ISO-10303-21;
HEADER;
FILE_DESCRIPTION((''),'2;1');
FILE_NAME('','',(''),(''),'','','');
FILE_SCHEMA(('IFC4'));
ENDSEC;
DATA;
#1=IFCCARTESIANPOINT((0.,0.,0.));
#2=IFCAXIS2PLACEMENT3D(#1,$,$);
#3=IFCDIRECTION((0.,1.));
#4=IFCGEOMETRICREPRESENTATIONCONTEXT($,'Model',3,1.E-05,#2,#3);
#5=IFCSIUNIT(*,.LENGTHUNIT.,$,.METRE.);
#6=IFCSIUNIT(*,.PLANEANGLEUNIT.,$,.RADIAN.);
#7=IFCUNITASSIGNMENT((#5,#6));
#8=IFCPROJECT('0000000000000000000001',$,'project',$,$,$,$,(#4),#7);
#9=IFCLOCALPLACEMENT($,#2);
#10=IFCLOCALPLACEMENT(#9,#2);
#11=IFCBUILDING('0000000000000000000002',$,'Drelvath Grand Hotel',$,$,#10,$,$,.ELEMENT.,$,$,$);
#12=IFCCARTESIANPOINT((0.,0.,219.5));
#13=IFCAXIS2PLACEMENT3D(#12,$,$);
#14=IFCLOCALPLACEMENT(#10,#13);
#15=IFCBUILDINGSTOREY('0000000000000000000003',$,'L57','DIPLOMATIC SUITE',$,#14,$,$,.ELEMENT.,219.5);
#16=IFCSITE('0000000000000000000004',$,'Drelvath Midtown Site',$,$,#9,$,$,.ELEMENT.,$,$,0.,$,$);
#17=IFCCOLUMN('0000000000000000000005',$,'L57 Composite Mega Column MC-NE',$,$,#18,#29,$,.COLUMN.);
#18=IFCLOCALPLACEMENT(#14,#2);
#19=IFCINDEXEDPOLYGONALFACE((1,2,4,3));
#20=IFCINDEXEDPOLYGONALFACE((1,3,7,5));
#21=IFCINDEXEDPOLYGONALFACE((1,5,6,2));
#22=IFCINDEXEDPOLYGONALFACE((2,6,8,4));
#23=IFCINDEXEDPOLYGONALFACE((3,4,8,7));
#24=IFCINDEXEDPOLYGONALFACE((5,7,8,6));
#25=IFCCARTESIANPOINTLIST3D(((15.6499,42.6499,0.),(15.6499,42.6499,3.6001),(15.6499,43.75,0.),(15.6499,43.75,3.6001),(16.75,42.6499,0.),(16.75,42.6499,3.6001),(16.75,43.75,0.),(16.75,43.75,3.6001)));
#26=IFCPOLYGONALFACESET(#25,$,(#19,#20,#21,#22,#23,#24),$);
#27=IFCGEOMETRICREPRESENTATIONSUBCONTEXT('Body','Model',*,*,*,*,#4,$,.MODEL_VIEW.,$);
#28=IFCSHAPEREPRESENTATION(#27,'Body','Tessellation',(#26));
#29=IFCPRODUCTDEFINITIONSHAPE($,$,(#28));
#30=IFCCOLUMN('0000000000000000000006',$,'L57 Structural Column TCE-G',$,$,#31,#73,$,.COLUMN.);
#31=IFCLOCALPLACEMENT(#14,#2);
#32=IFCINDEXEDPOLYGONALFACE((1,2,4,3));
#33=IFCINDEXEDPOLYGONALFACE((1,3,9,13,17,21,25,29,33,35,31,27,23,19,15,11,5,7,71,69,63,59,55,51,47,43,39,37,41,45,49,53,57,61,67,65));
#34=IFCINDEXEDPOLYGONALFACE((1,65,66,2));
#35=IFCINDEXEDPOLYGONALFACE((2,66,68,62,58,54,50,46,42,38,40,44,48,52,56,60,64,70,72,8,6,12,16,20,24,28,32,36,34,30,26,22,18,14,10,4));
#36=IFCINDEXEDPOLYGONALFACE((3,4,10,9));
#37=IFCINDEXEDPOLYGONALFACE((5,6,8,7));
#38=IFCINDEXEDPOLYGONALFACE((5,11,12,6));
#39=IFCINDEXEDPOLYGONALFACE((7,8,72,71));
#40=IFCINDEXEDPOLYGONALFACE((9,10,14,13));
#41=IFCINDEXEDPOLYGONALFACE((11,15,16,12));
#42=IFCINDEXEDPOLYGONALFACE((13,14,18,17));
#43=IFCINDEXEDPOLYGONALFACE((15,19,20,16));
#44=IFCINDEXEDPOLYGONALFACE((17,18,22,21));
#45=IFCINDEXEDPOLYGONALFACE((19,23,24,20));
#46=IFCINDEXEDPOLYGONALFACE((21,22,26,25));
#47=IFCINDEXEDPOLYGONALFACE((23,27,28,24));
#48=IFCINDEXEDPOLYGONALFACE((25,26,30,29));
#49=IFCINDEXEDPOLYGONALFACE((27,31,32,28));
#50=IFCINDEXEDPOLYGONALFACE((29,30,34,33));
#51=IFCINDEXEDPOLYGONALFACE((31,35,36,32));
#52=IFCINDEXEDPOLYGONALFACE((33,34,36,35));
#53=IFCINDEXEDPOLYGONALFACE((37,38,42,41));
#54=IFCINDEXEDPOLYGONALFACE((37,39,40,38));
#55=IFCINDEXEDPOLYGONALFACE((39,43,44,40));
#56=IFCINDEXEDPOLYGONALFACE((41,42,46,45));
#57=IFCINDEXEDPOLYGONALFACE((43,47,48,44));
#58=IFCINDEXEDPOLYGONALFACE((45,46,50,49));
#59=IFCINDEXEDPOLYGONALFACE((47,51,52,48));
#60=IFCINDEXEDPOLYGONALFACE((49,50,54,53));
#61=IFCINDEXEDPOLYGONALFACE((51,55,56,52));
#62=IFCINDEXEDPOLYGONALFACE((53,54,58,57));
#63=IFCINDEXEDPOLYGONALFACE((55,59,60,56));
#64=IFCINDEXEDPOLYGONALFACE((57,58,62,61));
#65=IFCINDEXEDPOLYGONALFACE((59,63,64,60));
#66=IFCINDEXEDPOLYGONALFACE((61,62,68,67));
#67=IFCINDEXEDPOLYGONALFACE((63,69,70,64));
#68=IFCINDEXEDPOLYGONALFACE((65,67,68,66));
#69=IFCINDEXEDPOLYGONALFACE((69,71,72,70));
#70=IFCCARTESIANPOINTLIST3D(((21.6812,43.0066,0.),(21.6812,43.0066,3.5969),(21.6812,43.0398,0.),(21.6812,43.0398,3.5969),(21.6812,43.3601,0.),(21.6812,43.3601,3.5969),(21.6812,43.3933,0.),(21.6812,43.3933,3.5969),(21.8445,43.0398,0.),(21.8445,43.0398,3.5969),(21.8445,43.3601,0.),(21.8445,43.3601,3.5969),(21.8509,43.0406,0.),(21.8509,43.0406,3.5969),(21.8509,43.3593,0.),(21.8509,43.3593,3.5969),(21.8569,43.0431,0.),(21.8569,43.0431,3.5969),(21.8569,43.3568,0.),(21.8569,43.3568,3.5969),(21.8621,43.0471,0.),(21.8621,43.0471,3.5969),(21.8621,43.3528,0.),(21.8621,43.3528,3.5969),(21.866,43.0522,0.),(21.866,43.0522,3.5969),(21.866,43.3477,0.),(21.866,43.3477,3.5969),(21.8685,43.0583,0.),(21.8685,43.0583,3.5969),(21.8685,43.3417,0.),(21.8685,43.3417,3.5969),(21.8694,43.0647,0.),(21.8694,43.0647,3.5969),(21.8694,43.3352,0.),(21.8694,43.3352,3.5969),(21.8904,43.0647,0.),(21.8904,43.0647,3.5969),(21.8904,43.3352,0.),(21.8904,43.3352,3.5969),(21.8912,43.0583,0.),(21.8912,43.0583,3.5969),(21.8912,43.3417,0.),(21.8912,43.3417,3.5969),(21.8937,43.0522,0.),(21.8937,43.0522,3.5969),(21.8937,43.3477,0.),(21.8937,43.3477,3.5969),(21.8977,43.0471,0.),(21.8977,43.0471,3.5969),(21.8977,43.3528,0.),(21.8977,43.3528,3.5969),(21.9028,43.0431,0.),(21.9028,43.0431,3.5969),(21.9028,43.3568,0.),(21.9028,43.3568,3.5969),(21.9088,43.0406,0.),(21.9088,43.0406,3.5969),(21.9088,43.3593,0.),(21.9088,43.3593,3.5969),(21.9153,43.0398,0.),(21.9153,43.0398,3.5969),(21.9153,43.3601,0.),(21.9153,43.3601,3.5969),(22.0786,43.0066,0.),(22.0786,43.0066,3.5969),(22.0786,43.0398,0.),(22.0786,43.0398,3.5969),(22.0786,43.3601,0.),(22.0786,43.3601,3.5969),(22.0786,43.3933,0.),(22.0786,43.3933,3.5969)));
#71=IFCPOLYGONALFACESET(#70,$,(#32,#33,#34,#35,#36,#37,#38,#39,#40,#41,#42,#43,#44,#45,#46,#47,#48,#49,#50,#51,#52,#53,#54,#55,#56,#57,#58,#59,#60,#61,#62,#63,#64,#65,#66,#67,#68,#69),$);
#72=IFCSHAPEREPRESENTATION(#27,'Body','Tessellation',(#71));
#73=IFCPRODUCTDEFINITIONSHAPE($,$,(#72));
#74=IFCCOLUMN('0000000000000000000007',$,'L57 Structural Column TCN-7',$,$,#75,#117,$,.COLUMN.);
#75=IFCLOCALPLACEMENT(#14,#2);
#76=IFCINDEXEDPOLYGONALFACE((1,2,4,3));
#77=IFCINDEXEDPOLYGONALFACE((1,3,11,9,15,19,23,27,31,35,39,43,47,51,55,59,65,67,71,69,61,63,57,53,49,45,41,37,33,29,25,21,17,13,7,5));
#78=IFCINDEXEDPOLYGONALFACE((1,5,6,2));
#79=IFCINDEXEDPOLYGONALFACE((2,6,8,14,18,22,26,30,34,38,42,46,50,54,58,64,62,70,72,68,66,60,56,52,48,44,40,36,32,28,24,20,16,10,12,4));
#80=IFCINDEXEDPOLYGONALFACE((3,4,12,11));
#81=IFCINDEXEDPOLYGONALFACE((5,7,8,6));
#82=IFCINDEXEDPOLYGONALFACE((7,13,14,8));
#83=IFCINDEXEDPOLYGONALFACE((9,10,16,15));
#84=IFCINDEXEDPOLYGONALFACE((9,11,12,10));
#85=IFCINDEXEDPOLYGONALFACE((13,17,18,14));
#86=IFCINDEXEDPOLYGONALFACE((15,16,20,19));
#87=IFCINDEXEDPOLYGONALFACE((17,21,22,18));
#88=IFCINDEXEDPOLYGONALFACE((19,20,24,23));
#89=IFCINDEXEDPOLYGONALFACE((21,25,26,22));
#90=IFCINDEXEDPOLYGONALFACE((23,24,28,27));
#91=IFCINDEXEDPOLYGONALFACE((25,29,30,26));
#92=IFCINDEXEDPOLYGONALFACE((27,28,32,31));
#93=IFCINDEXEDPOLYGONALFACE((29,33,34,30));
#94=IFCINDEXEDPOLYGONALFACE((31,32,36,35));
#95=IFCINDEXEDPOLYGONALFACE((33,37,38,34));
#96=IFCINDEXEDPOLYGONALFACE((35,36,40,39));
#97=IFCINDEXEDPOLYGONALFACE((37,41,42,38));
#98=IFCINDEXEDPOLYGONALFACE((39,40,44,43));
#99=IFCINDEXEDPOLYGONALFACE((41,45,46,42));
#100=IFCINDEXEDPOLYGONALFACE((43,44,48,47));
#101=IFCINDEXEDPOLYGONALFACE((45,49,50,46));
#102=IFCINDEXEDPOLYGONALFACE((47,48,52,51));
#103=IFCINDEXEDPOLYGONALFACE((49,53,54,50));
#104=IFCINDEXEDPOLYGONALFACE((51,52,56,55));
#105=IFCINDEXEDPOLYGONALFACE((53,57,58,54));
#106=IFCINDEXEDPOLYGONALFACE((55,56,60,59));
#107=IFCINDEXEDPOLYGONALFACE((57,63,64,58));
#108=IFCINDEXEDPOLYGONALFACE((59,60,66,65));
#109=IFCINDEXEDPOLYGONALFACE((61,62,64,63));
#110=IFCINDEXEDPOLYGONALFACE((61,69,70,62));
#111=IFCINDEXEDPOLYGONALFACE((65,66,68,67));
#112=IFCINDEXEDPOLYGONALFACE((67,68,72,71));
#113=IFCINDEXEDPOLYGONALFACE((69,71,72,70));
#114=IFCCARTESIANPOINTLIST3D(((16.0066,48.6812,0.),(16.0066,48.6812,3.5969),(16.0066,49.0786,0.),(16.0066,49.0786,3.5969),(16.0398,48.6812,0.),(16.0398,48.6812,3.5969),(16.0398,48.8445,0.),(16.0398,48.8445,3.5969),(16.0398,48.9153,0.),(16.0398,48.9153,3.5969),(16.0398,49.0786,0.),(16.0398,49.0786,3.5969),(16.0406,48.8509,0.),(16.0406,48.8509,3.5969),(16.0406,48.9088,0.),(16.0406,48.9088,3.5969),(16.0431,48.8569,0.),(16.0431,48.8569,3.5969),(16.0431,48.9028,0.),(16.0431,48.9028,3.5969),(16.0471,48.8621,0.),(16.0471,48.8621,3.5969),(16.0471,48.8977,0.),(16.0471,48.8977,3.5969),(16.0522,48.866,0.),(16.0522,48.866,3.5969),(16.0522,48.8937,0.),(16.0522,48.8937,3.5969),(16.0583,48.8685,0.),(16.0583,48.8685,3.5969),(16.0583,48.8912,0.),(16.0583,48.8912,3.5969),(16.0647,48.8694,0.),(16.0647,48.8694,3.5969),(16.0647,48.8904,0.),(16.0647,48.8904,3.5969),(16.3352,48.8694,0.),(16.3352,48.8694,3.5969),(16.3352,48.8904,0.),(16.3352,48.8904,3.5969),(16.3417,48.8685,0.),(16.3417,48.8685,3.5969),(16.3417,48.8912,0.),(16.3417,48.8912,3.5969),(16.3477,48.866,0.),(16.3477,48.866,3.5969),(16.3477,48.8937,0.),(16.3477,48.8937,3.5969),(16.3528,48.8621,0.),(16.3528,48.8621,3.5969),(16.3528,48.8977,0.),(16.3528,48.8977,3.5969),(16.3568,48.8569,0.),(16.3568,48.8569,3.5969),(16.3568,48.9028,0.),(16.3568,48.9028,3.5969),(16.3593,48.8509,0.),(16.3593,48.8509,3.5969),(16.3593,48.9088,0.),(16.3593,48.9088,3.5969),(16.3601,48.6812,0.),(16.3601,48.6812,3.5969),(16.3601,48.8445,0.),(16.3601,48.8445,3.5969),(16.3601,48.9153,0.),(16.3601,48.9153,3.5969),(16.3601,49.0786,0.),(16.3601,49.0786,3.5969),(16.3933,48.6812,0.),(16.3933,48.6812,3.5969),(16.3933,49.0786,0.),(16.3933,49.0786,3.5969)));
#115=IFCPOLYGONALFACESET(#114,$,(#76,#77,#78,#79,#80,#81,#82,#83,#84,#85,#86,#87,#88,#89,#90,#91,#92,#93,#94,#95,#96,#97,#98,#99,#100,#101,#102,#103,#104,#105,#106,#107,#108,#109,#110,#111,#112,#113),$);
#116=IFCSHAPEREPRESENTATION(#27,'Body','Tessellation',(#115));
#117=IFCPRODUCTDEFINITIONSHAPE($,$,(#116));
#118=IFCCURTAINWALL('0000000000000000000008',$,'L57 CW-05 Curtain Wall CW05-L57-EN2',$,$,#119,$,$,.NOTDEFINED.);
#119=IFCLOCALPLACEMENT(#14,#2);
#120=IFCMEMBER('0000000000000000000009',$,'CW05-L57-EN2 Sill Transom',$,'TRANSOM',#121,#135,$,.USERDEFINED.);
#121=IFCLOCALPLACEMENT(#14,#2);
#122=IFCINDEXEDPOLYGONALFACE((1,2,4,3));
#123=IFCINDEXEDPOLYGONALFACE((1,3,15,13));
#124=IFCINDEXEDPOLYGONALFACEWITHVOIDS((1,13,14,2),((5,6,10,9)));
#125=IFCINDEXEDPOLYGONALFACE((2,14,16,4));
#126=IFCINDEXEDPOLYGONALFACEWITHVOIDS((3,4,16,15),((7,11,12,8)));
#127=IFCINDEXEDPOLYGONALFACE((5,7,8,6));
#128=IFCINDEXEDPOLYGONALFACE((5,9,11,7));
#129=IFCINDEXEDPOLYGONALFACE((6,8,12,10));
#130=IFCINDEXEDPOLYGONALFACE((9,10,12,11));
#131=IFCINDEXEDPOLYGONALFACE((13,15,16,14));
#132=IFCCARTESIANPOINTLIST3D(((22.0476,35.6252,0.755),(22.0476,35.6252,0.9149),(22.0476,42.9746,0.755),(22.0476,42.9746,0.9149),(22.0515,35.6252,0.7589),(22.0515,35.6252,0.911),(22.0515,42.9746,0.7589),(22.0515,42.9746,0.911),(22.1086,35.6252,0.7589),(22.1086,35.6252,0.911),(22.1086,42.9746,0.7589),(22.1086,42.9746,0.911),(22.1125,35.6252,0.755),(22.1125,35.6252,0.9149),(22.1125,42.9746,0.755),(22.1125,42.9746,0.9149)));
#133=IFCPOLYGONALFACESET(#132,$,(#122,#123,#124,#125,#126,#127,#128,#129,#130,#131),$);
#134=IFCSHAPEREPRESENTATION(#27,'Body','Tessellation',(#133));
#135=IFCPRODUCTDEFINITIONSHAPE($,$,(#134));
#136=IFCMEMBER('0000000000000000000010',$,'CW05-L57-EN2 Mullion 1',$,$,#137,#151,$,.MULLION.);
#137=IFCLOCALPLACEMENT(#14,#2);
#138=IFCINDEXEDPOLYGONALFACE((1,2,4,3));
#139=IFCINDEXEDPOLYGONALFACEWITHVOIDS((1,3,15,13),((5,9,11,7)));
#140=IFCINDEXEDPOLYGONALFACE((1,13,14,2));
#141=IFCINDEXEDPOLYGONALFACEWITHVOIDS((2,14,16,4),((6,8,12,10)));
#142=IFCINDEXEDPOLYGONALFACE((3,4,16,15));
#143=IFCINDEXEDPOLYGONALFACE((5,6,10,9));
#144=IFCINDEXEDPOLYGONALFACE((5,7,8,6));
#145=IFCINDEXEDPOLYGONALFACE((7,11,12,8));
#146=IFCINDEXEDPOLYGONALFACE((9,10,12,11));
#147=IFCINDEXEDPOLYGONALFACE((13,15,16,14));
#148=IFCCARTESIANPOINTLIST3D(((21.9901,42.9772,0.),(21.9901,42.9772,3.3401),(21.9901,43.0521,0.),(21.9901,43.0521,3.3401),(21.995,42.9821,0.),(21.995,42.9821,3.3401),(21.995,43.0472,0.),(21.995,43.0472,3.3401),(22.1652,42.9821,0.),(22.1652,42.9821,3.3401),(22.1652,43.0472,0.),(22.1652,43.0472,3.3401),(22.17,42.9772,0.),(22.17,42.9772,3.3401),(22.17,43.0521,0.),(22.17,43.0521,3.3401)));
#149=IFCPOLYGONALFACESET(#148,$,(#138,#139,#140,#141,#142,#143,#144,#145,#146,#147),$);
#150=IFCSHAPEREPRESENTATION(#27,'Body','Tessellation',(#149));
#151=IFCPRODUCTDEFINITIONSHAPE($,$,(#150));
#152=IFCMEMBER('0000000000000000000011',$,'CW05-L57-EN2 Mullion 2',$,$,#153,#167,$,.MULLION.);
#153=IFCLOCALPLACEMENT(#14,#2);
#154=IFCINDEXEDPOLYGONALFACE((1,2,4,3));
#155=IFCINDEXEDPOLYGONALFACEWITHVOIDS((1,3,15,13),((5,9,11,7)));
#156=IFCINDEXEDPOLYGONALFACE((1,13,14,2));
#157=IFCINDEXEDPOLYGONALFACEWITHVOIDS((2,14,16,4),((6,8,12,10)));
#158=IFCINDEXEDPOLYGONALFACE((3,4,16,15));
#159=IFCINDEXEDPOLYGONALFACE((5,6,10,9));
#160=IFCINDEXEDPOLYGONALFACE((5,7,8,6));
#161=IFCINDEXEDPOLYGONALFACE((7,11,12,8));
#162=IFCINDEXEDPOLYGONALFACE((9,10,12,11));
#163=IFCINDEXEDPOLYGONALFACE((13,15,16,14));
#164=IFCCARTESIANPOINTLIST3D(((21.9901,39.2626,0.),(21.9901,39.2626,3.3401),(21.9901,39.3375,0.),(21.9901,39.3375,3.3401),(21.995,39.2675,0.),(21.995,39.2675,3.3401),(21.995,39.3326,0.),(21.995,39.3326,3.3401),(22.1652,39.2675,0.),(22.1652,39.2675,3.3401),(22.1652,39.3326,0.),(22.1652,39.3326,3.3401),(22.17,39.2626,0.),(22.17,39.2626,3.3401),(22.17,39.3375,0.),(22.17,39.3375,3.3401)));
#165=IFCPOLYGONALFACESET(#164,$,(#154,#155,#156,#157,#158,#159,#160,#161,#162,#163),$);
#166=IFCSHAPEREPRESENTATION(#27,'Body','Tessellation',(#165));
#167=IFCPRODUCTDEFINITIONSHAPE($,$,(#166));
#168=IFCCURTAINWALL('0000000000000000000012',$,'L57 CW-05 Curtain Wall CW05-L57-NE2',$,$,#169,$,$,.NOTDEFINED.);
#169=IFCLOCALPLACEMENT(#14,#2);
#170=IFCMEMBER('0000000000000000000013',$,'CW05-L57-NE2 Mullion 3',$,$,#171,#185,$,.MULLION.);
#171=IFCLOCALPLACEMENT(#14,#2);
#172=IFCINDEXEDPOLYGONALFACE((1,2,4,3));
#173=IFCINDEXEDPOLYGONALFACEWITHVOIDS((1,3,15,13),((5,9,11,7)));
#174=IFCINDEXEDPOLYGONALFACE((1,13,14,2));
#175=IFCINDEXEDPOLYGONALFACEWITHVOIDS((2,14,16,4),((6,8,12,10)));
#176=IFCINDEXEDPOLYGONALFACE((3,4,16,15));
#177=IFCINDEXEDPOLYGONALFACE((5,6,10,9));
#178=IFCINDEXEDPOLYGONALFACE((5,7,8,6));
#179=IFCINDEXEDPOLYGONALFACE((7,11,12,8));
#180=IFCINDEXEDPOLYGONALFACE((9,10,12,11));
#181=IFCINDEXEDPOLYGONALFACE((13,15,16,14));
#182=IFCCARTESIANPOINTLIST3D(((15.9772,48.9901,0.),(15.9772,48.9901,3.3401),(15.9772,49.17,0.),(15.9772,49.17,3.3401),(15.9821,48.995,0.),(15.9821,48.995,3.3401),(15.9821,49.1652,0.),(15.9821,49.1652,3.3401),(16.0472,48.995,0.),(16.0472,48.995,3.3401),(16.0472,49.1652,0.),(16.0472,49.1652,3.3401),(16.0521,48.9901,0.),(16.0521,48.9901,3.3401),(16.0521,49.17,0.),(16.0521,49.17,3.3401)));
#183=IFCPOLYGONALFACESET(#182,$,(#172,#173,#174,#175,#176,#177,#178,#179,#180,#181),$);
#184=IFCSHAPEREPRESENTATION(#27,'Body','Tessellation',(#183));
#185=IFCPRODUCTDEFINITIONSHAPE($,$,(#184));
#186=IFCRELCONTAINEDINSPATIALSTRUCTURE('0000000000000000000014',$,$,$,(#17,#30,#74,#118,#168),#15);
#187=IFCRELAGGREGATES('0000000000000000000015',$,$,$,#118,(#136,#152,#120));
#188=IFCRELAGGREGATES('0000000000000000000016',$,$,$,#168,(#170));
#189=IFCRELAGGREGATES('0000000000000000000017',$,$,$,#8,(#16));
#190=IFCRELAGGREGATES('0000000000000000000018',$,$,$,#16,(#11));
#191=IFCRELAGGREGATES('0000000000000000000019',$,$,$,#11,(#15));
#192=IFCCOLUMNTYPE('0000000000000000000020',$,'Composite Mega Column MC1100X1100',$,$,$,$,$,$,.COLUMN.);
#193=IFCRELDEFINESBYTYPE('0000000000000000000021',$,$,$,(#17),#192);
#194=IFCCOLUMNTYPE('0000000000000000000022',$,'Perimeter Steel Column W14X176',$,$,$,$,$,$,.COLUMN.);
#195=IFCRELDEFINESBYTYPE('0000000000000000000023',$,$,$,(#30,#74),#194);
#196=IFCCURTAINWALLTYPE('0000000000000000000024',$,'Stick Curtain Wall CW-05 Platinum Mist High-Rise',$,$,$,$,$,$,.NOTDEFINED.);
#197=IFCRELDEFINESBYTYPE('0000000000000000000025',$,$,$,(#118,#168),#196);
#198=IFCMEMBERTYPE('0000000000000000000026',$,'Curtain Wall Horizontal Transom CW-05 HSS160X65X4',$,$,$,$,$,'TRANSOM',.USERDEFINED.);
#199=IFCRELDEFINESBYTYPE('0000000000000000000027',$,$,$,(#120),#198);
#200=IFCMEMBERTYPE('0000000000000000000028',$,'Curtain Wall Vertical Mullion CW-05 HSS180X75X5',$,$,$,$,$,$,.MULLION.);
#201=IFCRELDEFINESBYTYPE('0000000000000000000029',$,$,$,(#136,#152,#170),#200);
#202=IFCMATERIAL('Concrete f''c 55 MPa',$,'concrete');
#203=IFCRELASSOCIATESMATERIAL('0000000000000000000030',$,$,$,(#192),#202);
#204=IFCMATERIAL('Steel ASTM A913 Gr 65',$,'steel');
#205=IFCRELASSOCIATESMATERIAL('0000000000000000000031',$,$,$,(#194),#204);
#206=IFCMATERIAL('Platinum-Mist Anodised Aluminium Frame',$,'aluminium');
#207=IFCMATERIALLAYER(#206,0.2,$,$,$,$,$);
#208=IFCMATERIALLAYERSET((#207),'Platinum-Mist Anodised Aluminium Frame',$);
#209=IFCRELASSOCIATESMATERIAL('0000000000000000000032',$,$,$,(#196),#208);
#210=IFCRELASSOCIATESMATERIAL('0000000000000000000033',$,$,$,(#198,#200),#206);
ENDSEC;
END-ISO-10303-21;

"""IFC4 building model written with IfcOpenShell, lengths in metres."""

from ifc_helpers import new_model, si_unit, direction, frame, origin, origin_2d, place, context, subcontext, project, spatial, rectangle, hollow_rectangle, i_section, extrude, material, layer, layer_set, material_profile, profile_set, type_object, element, aggregate, save


model = new_model("IFC4")

# Units and contexts
model_context = context("Model", 3, precision=1e-05, world=origin(), true_north=direction((0.0, 1.0)))
body_context = subcontext(model_context, "Body", "Model", "MODEL_VIEW")
ifc_project = project(units=[si_unit("LENGTHUNIT", "METRE"), si_unit("PLANEANGLEUNIT", "RADIAN")], contexts=[model_context])

# Site, building, storey
site_placement = place(None, origin())
site = spatial("IfcSite", under=ifc_project, at=site_placement, Name="Drelvath Midtown Site", CompositionType="ELEMENT", RefElevation=0.0)
building_placement = place(site_placement, origin())
building = spatial("IfcBuilding", under=site, at=building_placement, Name="Drelvath Grand Hotel", CompositionType="ELEMENT")
storey_placement = place(building_placement, frame((0.0, 0.0, 219.5)))
storey = spatial("IfcBuildingStorey", under=building, at=storey_placement, Name="L57", Description="DIPLOMATIC SUITE", CompositionType="ELEMENT", Elevation=219.5)

# Columns
ifc_material_1 = material(Name="Concrete f'c 55 MPa", Category="concrete")
ifc_material_profile_1 = material_profile(ifc_material_1, rectangle(XDim=1.1001, YDim=1.1001, at=origin_2d()), Name="MC1100X1100")
ifc_profile_set_1 = profile_set([ifc_material_profile_1], Name="Concrete f'c 55 MPa")
column_type_1 = type_object("IfcColumnType", Name="Composite Mega Column MC1100X1100", PredefinedType="COLUMN", material=ifc_profile_set_1)
column_placement = place(storey_placement, frame((16.2, 43.2, 0.0), z_axis=(0.0, 0.0, 1.0), x_axis=(1.0, 0.0, 0.0)))
element("IfcColumn", 1, at=column_placement, inside=storey, type_object=column_type_1, Name="L57 Composite Mega Column MC-NE", PredefinedType="COLUMN", context=body_context, shape_type="SweptSolid", body=[
    extrude(rectangle(XDim=1.1001, YDim=1.1001, at=origin_2d()), origin(), (0.0, 0.0, 1.0), 3.6001),
])
ifc_material_2 = material(Name="Steel ASTM A913 Gr 65", Category="steel")
ifc_material_profile_2 = material_profile(ifc_material_2, i_section(OverallWidth=0.3975, OverallDepth=0.3867, WebThickness=0.021, FlangeThickness=0.0332, FilletRadius=0.0249, at=origin_2d()), Name="W14X176")
ifc_profile_set_2 = profile_set([ifc_material_profile_2], Name="Steel ASTM A913 Gr 65")
column_type_2 = type_object("IfcColumnType", Name="Perimeter Steel Column W14X176", PredefinedType="COLUMN", material=ifc_profile_set_2)
for number, where, z_axis, x_axis, name in (
    (2, (21.8799, 43.2, 0.0), (0.0, 0.0, 1.0), (1.0, 0.0, 0.0), "L57 Structural Column TCE-G"),
    (3, (16.2, 48.8799, 0.0), (0.0, 0.0, 1.0), (0.0, 1.0, 0.0), "L57 Structural Column TCN-7"),
):
    element("IfcColumn", number, at=place(storey_placement, frame(where, z_axis=z_axis, x_axis=x_axis)), inside=storey, type_object=column_type_2, Name=name, PredefinedType="COLUMN", context=body_context, shape_type="SweptSolid", body=[
        extrude(i_section(OverallWidth=0.3975, OverallDepth=0.3867, WebThickness=0.021, FlangeThickness=0.0332, FilletRadius=0.0249, at=origin_2d()), origin(), (0.0, 0.0, 1.0), 3.5969),
    ])

# Curtain wall, members
ifc_material_3 = material(Name="Platinum-Mist Anodised Aluminium Frame", Category="aluminium")
ifc_layer_1 = layer(ifc_material_3, 0.2)
ifc_layer_set_1 = layer_set([ifc_layer_1], Name="Platinum-Mist Anodised Aluminium Frame")
curtain_wall_type = type_object("IfcCurtainWallType", Name="Stick Curtain Wall CW-05 Platinum Mist High-Rise", PredefinedType="NOTDEFINED", material=ifc_layer_set_1)
curtain_wall_1_placement = place(storey_placement, origin())
curtain_wall_1 = element("IfcCurtainWall", 4, at=curtain_wall_1_placement, inside=storey, type_object=curtain_wall_type, Name="L57 CW-05 Curtain Wall CW05-L57-EN2", PredefinedType="NOTDEFINED")
ifc_material_profile_3 = material_profile(ifc_material_3, hollow_rectangle(XDim=0.0649, YDim=0.1599, WallThickness=0.0039, at=origin_2d()), Name="HSS160X65X4")
ifc_profile_set_3 = profile_set([ifc_material_profile_3], Name="Platinum-Mist Anodised Aluminium Frame")
member_type_1 = type_object("IfcMemberType", Name="Curtain Wall Horizontal Transom CW-05 HSS160X65X4", ElementType="TRANSOM", PredefinedType="USERDEFINED", material=ifc_profile_set_3)
member_1_placement = place(storey_placement, frame((22.0801, 42.9746, 0.835), z_axis=(0.0, -1.0, 0.0), x_axis=(1.0, 0.0, 0.0)))
member_1 = element("IfcMember", 5, at=member_1_placement, type_object=member_type_1, Name="CW05-L57-EN2 Sill Transom", ObjectType="TRANSOM", PredefinedType="USERDEFINED", context=body_context, shape_type="SweptSolid", body=[
    extrude(hollow_rectangle(XDim=0.0649, YDim=0.1599, WallThickness=0.0039, at=origin_2d()), origin(), (0.0, 0.0, 1.0), 7.3494),
])
ifc_material_profile_4 = material_profile(ifc_material_3, hollow_rectangle(XDim=0.075, YDim=0.1799, WallThickness=0.0049, at=origin_2d()), Name="HSS180X75X5")
ifc_profile_set_4 = profile_set([ifc_material_profile_4], Name="Platinum-Mist Anodised Aluminium Frame")
member_type_2 = type_object("IfcMemberType", Name="Curtain Wall Vertical Mullion CW-05 HSS180X75X5", PredefinedType="MULLION", material=ifc_profile_set_4)
member_2_placement = place(storey_placement, frame((22.0801, 43.0146, 0.0), z_axis=(0.0, 0.0, 1.0), x_axis=(0.0, 1.0, 0.0)))
member_2 = element("IfcMember", 6, at=member_2_placement, type_object=member_type_2, Name="CW05-L57-EN2 Mullion 1", PredefinedType="MULLION", context=body_context, shape_type="SweptSolid", body=[
    extrude(hollow_rectangle(XDim=0.075, YDim=0.1799, WallThickness=0.0049, at=origin_2d()), origin(), (0.0, 0.0, 1.0), 3.3401),
])
member_3_placement = place(storey_placement, frame((22.0801, 39.3, 0.0), z_axis=(0.0, 0.0, 1.0), x_axis=(0.0, 1.0, 0.0)))
member_3 = element("IfcMember", 7, at=member_3_placement, type_object=member_type_2, Name="CW05-L57-EN2 Mullion 2", PredefinedType="MULLION", context=body_context, shape_type="SweptSolid", body=[
    extrude(hollow_rectangle(XDim=0.075, YDim=0.1799, WallThickness=0.0049, at=origin_2d()), origin(), (0.0, 0.0, 1.0), 3.3401),
])

# Curtain wall, member
curtain_wall_2_placement = place(storey_placement, origin())
curtain_wall_2 = element("IfcCurtainWall", 8, at=curtain_wall_2_placement, inside=storey, type_object=curtain_wall_type, Name="L57 CW-05 Curtain Wall CW05-L57-NE2", PredefinedType="NOTDEFINED")
member_4_placement = place(storey_placement, frame((16.0146, 49.0801, 0.0), z_axis=(0.0, 0.0, 1.0), x_axis=(1.0, 0.0, 0.0)))
member_4 = element("IfcMember", 9, at=member_4_placement, type_object=member_type_2, Name="CW05-L57-NE2 Mullion 3", PredefinedType="MULLION", context=body_context, shape_type="SweptSolid", body=[
    extrude(hollow_rectangle(XDim=0.075, YDim=0.1799, WallThickness=0.0049, at=origin_2d()), origin(), (0.0, 0.0, 1.0), 3.3401),
])

aggregate(curtain_wall_1, [member_2, member_3, member_1])
aggregate(curtain_wall_2, [member_4])

save(model, "model.ifc")
